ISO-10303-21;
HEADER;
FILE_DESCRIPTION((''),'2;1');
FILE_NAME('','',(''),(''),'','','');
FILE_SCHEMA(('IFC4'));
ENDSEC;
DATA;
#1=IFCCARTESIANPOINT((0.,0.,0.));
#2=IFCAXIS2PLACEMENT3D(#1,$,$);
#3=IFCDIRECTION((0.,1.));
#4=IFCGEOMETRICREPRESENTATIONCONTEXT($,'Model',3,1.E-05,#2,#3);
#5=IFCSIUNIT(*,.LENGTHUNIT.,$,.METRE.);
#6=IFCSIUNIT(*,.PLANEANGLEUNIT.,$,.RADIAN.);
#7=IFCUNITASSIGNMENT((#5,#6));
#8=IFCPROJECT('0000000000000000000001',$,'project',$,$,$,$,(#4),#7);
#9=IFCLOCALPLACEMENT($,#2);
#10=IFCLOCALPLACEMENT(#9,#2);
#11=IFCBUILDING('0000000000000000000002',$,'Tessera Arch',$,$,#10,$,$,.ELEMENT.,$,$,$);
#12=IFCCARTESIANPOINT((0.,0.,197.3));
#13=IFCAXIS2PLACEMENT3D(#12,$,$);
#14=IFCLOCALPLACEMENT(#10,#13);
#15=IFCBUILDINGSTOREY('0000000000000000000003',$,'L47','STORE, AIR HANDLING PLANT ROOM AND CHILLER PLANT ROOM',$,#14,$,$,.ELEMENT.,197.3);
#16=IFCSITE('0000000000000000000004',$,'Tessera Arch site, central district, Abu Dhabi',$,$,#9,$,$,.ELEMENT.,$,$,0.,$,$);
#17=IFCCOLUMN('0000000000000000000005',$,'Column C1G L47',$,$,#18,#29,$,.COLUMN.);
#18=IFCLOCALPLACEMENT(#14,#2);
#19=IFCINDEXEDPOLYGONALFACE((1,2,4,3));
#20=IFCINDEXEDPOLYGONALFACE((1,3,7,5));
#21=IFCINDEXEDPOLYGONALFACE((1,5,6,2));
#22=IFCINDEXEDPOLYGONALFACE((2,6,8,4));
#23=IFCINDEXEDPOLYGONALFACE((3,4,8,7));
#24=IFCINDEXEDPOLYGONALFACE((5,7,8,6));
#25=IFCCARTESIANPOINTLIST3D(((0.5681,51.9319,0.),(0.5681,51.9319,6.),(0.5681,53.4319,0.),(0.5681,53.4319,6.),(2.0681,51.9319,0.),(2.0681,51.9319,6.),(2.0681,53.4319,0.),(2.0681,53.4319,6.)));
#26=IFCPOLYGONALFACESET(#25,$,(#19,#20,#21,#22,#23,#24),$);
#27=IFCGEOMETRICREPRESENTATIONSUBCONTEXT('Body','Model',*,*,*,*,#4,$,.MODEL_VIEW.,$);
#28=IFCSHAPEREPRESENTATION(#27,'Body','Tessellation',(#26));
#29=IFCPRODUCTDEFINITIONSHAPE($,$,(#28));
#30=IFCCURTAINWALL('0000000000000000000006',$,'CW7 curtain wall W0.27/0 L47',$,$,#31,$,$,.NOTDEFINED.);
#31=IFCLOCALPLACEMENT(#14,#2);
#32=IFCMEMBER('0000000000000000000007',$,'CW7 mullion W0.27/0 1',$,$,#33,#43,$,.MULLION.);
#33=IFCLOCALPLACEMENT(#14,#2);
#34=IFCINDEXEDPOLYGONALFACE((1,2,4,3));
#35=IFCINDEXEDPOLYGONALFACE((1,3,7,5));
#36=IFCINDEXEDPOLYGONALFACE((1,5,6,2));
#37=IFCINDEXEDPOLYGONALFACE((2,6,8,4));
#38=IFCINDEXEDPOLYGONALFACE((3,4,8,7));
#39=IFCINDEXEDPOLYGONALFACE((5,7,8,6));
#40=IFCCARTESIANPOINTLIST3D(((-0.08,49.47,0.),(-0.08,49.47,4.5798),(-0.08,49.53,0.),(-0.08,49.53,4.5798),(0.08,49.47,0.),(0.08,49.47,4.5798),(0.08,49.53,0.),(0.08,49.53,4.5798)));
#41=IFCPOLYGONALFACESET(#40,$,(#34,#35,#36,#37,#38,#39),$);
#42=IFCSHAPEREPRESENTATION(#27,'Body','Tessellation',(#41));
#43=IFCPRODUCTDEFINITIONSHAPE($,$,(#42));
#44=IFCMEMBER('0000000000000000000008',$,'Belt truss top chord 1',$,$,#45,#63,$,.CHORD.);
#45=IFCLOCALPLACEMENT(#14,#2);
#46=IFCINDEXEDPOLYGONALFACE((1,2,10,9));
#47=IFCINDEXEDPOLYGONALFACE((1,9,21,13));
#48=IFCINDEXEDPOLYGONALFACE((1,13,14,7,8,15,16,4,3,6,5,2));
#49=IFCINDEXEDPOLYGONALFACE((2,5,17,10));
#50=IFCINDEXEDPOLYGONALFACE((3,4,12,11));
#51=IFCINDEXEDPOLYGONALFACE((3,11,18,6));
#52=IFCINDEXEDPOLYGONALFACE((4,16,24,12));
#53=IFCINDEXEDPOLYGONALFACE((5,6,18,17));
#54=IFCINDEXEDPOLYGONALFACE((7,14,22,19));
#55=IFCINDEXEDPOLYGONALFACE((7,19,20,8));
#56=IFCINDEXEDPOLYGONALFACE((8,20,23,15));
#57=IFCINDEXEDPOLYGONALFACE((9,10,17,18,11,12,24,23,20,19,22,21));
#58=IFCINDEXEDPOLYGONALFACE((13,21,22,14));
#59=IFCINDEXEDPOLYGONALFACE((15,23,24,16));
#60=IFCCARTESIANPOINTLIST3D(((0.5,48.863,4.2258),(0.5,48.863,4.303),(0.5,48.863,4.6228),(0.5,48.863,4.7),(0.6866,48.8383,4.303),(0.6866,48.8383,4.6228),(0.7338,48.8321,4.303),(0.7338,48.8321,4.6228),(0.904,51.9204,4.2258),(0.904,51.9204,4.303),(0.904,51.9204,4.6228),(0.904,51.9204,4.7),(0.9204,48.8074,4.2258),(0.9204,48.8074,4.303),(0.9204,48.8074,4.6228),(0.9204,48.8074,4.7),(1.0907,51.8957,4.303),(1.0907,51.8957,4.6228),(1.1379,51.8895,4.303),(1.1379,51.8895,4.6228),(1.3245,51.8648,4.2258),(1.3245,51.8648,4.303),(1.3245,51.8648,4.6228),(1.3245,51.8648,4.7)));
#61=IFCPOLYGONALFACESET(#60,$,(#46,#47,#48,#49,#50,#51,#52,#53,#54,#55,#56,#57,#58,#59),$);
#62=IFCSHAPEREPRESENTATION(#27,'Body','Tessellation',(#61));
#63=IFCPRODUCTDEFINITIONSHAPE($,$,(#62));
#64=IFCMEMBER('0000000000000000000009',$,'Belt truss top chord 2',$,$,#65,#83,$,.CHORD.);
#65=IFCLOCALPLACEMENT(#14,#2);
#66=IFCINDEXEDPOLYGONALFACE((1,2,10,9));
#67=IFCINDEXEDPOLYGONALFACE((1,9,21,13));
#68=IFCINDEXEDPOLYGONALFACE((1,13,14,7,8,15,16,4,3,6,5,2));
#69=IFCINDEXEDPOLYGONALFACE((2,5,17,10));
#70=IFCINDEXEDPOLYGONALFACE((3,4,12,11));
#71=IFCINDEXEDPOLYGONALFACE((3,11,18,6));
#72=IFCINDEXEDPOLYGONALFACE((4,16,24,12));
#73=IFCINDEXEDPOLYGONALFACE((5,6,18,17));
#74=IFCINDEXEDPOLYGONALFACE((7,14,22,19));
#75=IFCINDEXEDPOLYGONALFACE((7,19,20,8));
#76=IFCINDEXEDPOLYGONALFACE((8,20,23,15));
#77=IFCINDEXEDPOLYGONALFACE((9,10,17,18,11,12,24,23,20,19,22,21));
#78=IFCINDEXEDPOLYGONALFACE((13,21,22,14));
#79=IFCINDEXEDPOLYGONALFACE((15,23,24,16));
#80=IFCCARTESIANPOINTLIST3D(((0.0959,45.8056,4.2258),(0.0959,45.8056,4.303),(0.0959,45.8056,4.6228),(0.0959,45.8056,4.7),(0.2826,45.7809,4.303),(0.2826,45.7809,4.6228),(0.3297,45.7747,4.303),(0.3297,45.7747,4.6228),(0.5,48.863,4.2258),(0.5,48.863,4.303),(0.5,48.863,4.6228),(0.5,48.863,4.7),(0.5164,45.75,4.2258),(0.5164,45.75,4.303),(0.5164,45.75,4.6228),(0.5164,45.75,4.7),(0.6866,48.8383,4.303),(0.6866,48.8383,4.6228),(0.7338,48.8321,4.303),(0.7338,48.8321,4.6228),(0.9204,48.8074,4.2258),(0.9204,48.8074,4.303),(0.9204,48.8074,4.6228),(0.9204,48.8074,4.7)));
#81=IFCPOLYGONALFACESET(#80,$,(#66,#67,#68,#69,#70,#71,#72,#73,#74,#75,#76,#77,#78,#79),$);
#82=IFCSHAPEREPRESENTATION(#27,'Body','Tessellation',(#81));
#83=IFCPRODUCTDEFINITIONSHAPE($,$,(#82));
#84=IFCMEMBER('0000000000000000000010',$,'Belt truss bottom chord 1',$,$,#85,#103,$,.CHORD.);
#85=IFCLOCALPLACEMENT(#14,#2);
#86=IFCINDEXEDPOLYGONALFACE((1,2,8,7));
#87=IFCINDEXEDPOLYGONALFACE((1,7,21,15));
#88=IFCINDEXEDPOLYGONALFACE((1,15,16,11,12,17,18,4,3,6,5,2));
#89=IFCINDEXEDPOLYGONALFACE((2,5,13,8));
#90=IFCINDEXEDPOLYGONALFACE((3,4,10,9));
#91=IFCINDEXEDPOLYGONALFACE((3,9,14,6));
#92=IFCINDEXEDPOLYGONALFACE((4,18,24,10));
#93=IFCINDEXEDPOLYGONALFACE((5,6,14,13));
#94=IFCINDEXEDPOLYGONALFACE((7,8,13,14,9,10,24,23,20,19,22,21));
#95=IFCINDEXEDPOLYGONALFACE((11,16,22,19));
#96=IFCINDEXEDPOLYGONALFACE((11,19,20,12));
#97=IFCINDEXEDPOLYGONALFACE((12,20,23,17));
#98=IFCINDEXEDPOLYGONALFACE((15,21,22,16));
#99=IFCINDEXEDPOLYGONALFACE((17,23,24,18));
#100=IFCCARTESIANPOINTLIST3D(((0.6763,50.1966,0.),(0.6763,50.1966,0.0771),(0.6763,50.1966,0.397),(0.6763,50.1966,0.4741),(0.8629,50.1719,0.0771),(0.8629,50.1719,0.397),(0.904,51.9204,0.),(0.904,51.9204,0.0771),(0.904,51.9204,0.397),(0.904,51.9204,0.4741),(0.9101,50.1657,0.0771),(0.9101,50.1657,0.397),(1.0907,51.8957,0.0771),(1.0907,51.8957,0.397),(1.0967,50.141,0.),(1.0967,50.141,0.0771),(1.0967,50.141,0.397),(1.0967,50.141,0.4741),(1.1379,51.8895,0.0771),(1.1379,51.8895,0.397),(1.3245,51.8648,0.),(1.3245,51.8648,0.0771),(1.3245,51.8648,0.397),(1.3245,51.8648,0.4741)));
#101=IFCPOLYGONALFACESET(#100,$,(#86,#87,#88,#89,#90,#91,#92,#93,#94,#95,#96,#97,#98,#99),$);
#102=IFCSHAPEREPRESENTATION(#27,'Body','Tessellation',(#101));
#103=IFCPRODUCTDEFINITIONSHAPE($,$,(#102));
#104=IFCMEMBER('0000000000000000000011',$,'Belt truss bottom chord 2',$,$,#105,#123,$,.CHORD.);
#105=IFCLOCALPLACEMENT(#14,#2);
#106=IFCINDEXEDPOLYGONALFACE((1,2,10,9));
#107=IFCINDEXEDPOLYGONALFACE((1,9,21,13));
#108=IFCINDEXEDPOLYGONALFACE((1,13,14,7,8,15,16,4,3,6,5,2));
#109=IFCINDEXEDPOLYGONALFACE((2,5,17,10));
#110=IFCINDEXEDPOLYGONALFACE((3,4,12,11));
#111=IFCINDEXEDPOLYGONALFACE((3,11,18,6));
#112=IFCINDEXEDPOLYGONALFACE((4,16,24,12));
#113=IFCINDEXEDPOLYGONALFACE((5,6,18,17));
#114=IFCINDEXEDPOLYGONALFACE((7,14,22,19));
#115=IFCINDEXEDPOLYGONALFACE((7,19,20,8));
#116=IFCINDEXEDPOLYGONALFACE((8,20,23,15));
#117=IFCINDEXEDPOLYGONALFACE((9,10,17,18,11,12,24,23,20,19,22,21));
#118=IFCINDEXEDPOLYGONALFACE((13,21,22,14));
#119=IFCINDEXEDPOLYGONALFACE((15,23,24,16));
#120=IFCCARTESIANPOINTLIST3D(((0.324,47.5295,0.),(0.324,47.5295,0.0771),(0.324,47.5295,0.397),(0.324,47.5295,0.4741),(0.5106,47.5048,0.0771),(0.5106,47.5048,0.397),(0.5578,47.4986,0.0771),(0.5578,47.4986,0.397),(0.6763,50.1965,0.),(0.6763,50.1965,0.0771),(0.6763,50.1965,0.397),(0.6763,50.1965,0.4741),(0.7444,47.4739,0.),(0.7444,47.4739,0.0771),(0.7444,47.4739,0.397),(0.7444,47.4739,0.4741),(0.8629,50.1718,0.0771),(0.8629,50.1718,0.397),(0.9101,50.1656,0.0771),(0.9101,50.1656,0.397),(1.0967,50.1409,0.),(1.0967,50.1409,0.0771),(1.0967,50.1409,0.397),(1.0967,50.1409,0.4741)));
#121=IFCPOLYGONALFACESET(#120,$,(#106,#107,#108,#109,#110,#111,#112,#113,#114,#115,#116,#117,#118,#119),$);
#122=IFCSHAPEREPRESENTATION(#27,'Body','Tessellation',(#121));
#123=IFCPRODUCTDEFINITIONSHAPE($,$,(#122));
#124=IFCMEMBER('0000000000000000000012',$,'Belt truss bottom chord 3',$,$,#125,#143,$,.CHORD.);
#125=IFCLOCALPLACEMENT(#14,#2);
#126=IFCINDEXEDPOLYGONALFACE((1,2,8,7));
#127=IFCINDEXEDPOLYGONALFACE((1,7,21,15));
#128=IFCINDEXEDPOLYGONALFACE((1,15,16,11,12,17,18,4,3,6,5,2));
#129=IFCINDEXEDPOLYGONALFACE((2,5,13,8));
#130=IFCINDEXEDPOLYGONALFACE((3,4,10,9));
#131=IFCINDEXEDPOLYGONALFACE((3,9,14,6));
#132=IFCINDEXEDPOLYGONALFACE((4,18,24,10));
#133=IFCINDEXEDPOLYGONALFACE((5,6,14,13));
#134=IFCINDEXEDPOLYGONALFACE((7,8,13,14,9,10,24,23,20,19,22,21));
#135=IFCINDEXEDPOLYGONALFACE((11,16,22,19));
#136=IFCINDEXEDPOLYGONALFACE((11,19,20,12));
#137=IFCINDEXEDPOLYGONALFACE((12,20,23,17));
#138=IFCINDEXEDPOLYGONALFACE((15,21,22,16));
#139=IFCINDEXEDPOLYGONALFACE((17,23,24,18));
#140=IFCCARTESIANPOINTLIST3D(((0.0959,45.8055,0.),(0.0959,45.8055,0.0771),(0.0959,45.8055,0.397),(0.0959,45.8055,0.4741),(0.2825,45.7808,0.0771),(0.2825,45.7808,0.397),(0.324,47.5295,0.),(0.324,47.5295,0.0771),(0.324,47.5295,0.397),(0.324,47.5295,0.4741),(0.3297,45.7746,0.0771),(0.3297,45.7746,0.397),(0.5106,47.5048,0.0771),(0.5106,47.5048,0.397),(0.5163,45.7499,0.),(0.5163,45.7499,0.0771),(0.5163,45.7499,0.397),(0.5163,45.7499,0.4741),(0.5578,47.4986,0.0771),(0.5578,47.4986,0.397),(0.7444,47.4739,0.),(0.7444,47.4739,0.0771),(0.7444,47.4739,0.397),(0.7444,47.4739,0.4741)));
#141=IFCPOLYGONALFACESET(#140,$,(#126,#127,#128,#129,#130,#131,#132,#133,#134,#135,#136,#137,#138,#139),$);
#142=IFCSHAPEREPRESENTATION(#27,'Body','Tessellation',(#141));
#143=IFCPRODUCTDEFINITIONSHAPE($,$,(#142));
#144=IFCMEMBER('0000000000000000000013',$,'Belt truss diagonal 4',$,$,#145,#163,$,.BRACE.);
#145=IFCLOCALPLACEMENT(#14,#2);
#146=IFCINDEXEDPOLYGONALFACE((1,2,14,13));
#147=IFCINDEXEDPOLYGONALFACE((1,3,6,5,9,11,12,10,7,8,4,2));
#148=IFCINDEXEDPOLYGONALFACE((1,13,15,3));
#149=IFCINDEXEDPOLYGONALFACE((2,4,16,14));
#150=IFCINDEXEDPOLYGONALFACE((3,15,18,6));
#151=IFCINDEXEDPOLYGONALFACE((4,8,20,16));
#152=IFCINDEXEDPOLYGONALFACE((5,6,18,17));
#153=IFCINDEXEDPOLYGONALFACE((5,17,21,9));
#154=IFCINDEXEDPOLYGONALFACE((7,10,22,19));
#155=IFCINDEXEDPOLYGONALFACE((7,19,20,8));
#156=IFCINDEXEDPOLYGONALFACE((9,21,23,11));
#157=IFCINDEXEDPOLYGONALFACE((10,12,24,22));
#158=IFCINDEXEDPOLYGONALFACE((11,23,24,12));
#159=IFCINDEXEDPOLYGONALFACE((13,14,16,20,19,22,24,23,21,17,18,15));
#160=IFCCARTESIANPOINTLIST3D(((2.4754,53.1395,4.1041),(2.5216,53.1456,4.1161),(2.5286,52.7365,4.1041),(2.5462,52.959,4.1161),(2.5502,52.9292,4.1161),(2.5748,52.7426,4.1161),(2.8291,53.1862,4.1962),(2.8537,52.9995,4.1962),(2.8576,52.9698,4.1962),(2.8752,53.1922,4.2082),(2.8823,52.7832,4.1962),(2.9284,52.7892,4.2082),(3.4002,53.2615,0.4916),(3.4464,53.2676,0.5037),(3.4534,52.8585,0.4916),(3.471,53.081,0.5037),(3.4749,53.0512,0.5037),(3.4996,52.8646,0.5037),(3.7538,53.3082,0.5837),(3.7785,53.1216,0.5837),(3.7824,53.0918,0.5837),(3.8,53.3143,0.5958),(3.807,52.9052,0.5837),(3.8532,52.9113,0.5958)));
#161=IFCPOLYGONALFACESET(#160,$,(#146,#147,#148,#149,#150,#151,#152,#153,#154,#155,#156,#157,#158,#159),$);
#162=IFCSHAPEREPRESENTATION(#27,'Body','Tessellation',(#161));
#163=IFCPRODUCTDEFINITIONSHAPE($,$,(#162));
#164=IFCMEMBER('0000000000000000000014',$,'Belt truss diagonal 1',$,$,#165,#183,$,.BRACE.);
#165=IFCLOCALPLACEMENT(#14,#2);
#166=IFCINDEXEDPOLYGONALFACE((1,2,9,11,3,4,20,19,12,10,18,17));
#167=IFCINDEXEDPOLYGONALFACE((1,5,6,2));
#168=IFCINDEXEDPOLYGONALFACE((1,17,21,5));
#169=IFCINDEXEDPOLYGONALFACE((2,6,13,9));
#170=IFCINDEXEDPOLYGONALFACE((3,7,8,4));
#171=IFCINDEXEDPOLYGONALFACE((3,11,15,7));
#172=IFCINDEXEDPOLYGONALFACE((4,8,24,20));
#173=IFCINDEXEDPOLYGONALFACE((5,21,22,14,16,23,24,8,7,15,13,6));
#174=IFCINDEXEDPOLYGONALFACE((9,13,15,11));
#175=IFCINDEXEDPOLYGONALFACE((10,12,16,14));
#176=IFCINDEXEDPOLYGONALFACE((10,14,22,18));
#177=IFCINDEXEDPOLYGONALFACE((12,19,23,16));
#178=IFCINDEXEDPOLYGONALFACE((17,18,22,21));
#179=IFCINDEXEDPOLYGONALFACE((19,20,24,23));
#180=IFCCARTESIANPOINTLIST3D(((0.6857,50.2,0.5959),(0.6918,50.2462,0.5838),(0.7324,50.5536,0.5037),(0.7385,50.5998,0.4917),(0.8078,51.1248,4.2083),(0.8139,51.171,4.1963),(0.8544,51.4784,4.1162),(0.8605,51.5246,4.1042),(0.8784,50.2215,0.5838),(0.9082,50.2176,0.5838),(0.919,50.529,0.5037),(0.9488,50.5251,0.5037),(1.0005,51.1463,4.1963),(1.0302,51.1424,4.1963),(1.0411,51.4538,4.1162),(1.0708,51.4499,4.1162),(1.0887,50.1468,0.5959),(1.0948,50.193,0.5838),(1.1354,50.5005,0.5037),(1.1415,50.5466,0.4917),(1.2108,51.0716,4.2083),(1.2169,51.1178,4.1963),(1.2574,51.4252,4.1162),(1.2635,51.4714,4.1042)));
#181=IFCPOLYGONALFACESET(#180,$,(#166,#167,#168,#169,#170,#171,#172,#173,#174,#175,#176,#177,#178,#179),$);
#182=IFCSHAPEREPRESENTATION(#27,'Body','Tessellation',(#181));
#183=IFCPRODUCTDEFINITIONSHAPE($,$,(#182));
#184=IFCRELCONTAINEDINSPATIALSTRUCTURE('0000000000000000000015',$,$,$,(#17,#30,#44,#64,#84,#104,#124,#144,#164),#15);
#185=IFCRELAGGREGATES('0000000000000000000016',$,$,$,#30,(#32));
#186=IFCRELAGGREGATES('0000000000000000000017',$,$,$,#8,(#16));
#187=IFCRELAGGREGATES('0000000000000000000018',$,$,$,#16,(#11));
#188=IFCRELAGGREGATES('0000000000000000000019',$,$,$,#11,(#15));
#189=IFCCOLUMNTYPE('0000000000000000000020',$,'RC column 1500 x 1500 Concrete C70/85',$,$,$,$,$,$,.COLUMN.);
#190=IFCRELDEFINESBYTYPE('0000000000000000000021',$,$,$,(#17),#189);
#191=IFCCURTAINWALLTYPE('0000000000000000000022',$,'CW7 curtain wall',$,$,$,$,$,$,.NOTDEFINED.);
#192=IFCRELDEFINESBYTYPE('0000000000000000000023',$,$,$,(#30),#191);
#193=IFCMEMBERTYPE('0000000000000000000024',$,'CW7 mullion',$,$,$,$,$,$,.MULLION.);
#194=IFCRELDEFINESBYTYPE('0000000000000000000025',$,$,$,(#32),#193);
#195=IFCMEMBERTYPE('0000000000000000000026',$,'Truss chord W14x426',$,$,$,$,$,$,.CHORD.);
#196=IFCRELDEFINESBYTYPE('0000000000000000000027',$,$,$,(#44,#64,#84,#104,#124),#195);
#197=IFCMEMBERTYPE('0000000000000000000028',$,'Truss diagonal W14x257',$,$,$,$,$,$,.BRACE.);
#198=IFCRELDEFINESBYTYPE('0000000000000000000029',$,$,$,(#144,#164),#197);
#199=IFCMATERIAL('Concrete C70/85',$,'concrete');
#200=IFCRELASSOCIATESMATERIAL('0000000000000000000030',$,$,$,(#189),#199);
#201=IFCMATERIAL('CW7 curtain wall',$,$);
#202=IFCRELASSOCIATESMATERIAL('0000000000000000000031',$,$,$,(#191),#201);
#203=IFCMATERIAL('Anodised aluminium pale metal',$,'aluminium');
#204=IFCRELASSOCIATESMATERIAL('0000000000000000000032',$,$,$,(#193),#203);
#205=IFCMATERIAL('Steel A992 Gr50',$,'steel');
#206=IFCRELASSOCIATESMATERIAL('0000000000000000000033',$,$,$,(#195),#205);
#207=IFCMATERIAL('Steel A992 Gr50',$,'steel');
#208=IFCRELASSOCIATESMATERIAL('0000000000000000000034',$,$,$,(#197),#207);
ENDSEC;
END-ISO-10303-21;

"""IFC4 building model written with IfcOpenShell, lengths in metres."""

from ifc_helpers import new_model, si_unit, direction, frame, origin, origin_2d, place, context, subcontext, project, spatial, rectangle, i_section, extrude, material, material_profile, profile_set, type_object, element, aggregate, save


model = new_model("IFC4")

# Units and contexts
model_context = context("Model", 3, precision=1e-05, world=origin(), true_north=direction((0.0, 1.0)))
body_context = subcontext(model_context, "Body", "Model", "MODEL_VIEW")
ifc_project = project(units=[si_unit("LENGTHUNIT", "METRE"), si_unit("PLANEANGLEUNIT", "RADIAN")], contexts=[model_context])

# Site, building, storey
site_placement = place(None, origin())
site = spatial("IfcSite", under=ifc_project, at=site_placement, Name="Tessera Arch site, central district, Abu Dhabi", CompositionType="ELEMENT", RefElevation=0.0)
building_placement = place(site_placement, origin())
building = spatial("IfcBuilding", under=site, at=building_placement, Name="Tessera Arch", CompositionType="ELEMENT")
storey_placement = place(building_placement, frame((0.0, 0.0, 197.3)))
storey = spatial("IfcBuildingStorey", under=building, at=storey_placement, Name="L47", Description="STORE, AIR HANDLING PLANT ROOM AND CHILLER PLANT ROOM", CompositionType="ELEMENT", Elevation=197.3)

# Column
ifc_material_1 = material(Name="Concrete C70/85", Category="concrete")
ifc_material_profile_1 = material_profile(ifc_material_1, rectangle(XDim=1.5, YDim=1.5, at=origin_2d()), Name="RC column 1500 x 1500 Concrete C70/85")
ifc_profile_set_1 = profile_set([ifc_material_profile_1], Name="Concrete C70/85")
column_type = type_object("IfcColumnType", Name="RC column 1500 x 1500 Concrete C70/85", PredefinedType="COLUMN", material=ifc_profile_set_1)
column_placement = place(storey_placement, frame((1.3181, 52.6819, 0.0), z_axis=(0.0, 0.0, 1.0), x_axis=(1.0, 0.0, 0.0)))
element("IfcColumn", 1, at=column_placement, inside=storey, type_object=column_type, Name="Column C1G L47", PredefinedType="COLUMN", context=body_context, shape_type="SweptSolid", body=[
    extrude(rectangle(XDim=1.5, YDim=1.5, at=origin_2d()), origin(), (0.0, 0.0, 1.0), 6.0),
])

# Curtain wall, member
ifc_material_2 = material(Name="CW7 curtain wall")
curtain_wall_type = type_object("IfcCurtainWallType", Name="CW7 curtain wall", PredefinedType="NOTDEFINED", material=ifc_material_2)
curtain_wall_placement = place(storey_placement, origin())
curtain_wall = element("IfcCurtainWall", 2, at=curtain_wall_placement, inside=storey, type_object=curtain_wall_type, Name="CW7 curtain wall W0.27/0 L47", PredefinedType="NOTDEFINED")
ifc_material_3 = material(Name="Anodised aluminium pale metal", Category="aluminium")
ifc_material_profile_2 = material_profile(ifc_material_3, rectangle(XDim=0.1599, YDim=0.0601, at=origin_2d()), Name="AL 60x160")
ifc_profile_set_2 = profile_set([ifc_material_profile_2], Name="Anodised aluminium pale metal")
member_type_1 = type_object("IfcMemberType", Name="CW7 mullion", PredefinedType="MULLION", material=ifc_profile_set_2)
member_1_placement = place(storey_placement, frame((0.0, 49.5, 0.0), z_axis=(0.0, 0.0, 1.0), x_axis=(1.0, 0.0, 0.0)))
member_1 = element("IfcMember", 3, at=member_1_placement, type_object=member_type_1, Name="CW7 mullion W0.27/0 1", PredefinedType="MULLION", context=body_context, shape_type="SweptSolid", body=[
    extrude(rectangle(XDim=0.1599, YDim=0.0601, at=origin_2d()), origin(), (0.0, 0.0, 1.0), 4.5798),
])

# Members
ifc_material_4 = material(Name="Steel A992 Gr50", Category="steel")
ifc_material_profile_3 = material_profile(ifc_material_4, i_section(OverallWidth=0.4241, OverallDepth=0.4741, WebThickness=0.0476, FlangeThickness=0.0771, at=origin_2d()), Name="W14x426")
ifc_profile_set_3 = profile_set([ifc_material_profile_3], Name="Steel A992 Gr50")
member_type_2 = type_object("IfcMemberType", Name="Truss chord W14x426", PredefinedType="CHORD", material=ifc_profile_set_3)
for number, where, z_axis, x_axis, name in (
    (4, (1.1143, 51.8926, 4.4629), (-0.131018, -0.99138, 0.0), (0.99138, -0.131018, 0.0), "Belt truss top chord 1"),
    (5, (0.7102, 48.8352, 4.4629), (-0.131018, -0.99138, 0.0), (0.99138, -0.131018, 0.0), "Belt truss top chord 2"),
):
    element("IfcMember", number, at=place(storey_placement, frame(where, z_axis=z_axis, x_axis=x_axis)), inside=storey, type_object=member_type_2, Name=name, PredefinedType="CHORD", context=body_context, shape_type="SweptSolid", body=[
        extrude(i_section(OverallWidth=0.4241, OverallDepth=0.4741, WebThickness=0.0476, FlangeThickness=0.0771, at=origin_2d()), origin(), (0.0, 0.0, 1.0), 3.084),
    ])
member_2_placement = place(storey_placement, frame((1.1143, 51.8926, 0.2371), z_axis=(-0.130996, -0.991383, 0.0), x_axis=(0.991383, -0.130996, 0.0)))
element("IfcMember", 6, at=member_2_placement, inside=storey, type_object=member_type_2, Name="Belt truss bottom chord 1", PredefinedType="CHORD", context=body_context, shape_type="SweptSolid", body=[
    extrude(i_section(OverallWidth=0.4241, OverallDepth=0.4741, WebThickness=0.0476, FlangeThickness=0.0771, at=origin_2d()), origin(), (0.0, 0.0, 1.0), 1.7388),
])
member_3_placement = place(storey_placement, frame((0.8865, 50.1687, 0.2371), z_axis=(-0.130957, -0.991388, 0.0), x_axis=(0.991388, -0.130957, 0.0)))
element("IfcMember", 7, at=member_3_placement, inside=storey, type_object=member_type_2, Name="Belt truss bottom chord 2", PredefinedType="CHORD", context=body_context, shape_type="SweptSolid", body=[
    extrude(i_section(OverallWidth=0.4241, OverallDepth=0.4741, WebThickness=0.0476, FlangeThickness=0.0771, at=origin_2d()), origin(), (0.0, 0.0, 1.0), 2.6902),
])
member_4_placement = place(storey_placement, frame((0.5342, 47.5017, 0.2371), z_axis=(-0.131134, -0.991365, 0.0), x_axis=(0.991365, -0.131134, 0.0)))
element("IfcMember", 8, at=member_4_placement, inside=storey, type_object=member_type_2, Name="Belt truss bottom chord 3", PredefinedType="CHORD", context=body_context, shape_type="SweptSolid", body=[
    extrude(i_section(OverallWidth=0.4241, OverallDepth=0.4741, WebThickness=0.0476, FlangeThickness=0.0771, at=origin_2d()), origin(), (0.0, 0.0, 1.0), 1.739),
])
ifc_material_5 = material(Name="Steel A992 Gr50", Category="steel")
ifc_material_profile_4 = material_profile(ifc_material_5, i_section(OverallWidth=0.4065, OverallDepth=0.4165, WebThickness=0.03, FlangeThickness=0.0481, at=origin_2d()), Name="W14x257")
ifc_profile_set_4 = profile_set([ifc_material_profile_4], Name="Steel A992 Gr50")
member_type_3 = type_object("IfcMemberType", Name="Truss diagonal W14x257", PredefinedType="BRACE", material=ifc_profile_set_4)
for number, where, z_axis, x_axis, name in (
    (9, (3.6267, 53.0864, 0.5437), (-0.247868, -0.032717, 0.968241), (0.130861, -0.991401, 0.0), "Belt truss diagonal 4"),
    (10, (1.0356, 51.2981, 4.1562), (-0.032717, -0.247868, -0.968241), (0.991401, -0.130861, 0.0), "Belt truss diagonal 1"),
):
    element("IfcMember", number, at=place(storey_placement, frame(where, z_axis=z_axis, x_axis=x_axis)), inside=storey, type_object=member_type_3, Name=name, PredefinedType="BRACE", context=body_context, shape_type="SweptSolid", body=[
        extrude(i_section(OverallWidth=0.4065, OverallDepth=0.4165, WebThickness=0.03, FlangeThickness=0.0481, at=origin_2d()), origin(), (0.0, 0.0, 1.0), 3.731),
    ])

aggregate(curtain_wall, [member_1])

save(model, "model.ifc")
